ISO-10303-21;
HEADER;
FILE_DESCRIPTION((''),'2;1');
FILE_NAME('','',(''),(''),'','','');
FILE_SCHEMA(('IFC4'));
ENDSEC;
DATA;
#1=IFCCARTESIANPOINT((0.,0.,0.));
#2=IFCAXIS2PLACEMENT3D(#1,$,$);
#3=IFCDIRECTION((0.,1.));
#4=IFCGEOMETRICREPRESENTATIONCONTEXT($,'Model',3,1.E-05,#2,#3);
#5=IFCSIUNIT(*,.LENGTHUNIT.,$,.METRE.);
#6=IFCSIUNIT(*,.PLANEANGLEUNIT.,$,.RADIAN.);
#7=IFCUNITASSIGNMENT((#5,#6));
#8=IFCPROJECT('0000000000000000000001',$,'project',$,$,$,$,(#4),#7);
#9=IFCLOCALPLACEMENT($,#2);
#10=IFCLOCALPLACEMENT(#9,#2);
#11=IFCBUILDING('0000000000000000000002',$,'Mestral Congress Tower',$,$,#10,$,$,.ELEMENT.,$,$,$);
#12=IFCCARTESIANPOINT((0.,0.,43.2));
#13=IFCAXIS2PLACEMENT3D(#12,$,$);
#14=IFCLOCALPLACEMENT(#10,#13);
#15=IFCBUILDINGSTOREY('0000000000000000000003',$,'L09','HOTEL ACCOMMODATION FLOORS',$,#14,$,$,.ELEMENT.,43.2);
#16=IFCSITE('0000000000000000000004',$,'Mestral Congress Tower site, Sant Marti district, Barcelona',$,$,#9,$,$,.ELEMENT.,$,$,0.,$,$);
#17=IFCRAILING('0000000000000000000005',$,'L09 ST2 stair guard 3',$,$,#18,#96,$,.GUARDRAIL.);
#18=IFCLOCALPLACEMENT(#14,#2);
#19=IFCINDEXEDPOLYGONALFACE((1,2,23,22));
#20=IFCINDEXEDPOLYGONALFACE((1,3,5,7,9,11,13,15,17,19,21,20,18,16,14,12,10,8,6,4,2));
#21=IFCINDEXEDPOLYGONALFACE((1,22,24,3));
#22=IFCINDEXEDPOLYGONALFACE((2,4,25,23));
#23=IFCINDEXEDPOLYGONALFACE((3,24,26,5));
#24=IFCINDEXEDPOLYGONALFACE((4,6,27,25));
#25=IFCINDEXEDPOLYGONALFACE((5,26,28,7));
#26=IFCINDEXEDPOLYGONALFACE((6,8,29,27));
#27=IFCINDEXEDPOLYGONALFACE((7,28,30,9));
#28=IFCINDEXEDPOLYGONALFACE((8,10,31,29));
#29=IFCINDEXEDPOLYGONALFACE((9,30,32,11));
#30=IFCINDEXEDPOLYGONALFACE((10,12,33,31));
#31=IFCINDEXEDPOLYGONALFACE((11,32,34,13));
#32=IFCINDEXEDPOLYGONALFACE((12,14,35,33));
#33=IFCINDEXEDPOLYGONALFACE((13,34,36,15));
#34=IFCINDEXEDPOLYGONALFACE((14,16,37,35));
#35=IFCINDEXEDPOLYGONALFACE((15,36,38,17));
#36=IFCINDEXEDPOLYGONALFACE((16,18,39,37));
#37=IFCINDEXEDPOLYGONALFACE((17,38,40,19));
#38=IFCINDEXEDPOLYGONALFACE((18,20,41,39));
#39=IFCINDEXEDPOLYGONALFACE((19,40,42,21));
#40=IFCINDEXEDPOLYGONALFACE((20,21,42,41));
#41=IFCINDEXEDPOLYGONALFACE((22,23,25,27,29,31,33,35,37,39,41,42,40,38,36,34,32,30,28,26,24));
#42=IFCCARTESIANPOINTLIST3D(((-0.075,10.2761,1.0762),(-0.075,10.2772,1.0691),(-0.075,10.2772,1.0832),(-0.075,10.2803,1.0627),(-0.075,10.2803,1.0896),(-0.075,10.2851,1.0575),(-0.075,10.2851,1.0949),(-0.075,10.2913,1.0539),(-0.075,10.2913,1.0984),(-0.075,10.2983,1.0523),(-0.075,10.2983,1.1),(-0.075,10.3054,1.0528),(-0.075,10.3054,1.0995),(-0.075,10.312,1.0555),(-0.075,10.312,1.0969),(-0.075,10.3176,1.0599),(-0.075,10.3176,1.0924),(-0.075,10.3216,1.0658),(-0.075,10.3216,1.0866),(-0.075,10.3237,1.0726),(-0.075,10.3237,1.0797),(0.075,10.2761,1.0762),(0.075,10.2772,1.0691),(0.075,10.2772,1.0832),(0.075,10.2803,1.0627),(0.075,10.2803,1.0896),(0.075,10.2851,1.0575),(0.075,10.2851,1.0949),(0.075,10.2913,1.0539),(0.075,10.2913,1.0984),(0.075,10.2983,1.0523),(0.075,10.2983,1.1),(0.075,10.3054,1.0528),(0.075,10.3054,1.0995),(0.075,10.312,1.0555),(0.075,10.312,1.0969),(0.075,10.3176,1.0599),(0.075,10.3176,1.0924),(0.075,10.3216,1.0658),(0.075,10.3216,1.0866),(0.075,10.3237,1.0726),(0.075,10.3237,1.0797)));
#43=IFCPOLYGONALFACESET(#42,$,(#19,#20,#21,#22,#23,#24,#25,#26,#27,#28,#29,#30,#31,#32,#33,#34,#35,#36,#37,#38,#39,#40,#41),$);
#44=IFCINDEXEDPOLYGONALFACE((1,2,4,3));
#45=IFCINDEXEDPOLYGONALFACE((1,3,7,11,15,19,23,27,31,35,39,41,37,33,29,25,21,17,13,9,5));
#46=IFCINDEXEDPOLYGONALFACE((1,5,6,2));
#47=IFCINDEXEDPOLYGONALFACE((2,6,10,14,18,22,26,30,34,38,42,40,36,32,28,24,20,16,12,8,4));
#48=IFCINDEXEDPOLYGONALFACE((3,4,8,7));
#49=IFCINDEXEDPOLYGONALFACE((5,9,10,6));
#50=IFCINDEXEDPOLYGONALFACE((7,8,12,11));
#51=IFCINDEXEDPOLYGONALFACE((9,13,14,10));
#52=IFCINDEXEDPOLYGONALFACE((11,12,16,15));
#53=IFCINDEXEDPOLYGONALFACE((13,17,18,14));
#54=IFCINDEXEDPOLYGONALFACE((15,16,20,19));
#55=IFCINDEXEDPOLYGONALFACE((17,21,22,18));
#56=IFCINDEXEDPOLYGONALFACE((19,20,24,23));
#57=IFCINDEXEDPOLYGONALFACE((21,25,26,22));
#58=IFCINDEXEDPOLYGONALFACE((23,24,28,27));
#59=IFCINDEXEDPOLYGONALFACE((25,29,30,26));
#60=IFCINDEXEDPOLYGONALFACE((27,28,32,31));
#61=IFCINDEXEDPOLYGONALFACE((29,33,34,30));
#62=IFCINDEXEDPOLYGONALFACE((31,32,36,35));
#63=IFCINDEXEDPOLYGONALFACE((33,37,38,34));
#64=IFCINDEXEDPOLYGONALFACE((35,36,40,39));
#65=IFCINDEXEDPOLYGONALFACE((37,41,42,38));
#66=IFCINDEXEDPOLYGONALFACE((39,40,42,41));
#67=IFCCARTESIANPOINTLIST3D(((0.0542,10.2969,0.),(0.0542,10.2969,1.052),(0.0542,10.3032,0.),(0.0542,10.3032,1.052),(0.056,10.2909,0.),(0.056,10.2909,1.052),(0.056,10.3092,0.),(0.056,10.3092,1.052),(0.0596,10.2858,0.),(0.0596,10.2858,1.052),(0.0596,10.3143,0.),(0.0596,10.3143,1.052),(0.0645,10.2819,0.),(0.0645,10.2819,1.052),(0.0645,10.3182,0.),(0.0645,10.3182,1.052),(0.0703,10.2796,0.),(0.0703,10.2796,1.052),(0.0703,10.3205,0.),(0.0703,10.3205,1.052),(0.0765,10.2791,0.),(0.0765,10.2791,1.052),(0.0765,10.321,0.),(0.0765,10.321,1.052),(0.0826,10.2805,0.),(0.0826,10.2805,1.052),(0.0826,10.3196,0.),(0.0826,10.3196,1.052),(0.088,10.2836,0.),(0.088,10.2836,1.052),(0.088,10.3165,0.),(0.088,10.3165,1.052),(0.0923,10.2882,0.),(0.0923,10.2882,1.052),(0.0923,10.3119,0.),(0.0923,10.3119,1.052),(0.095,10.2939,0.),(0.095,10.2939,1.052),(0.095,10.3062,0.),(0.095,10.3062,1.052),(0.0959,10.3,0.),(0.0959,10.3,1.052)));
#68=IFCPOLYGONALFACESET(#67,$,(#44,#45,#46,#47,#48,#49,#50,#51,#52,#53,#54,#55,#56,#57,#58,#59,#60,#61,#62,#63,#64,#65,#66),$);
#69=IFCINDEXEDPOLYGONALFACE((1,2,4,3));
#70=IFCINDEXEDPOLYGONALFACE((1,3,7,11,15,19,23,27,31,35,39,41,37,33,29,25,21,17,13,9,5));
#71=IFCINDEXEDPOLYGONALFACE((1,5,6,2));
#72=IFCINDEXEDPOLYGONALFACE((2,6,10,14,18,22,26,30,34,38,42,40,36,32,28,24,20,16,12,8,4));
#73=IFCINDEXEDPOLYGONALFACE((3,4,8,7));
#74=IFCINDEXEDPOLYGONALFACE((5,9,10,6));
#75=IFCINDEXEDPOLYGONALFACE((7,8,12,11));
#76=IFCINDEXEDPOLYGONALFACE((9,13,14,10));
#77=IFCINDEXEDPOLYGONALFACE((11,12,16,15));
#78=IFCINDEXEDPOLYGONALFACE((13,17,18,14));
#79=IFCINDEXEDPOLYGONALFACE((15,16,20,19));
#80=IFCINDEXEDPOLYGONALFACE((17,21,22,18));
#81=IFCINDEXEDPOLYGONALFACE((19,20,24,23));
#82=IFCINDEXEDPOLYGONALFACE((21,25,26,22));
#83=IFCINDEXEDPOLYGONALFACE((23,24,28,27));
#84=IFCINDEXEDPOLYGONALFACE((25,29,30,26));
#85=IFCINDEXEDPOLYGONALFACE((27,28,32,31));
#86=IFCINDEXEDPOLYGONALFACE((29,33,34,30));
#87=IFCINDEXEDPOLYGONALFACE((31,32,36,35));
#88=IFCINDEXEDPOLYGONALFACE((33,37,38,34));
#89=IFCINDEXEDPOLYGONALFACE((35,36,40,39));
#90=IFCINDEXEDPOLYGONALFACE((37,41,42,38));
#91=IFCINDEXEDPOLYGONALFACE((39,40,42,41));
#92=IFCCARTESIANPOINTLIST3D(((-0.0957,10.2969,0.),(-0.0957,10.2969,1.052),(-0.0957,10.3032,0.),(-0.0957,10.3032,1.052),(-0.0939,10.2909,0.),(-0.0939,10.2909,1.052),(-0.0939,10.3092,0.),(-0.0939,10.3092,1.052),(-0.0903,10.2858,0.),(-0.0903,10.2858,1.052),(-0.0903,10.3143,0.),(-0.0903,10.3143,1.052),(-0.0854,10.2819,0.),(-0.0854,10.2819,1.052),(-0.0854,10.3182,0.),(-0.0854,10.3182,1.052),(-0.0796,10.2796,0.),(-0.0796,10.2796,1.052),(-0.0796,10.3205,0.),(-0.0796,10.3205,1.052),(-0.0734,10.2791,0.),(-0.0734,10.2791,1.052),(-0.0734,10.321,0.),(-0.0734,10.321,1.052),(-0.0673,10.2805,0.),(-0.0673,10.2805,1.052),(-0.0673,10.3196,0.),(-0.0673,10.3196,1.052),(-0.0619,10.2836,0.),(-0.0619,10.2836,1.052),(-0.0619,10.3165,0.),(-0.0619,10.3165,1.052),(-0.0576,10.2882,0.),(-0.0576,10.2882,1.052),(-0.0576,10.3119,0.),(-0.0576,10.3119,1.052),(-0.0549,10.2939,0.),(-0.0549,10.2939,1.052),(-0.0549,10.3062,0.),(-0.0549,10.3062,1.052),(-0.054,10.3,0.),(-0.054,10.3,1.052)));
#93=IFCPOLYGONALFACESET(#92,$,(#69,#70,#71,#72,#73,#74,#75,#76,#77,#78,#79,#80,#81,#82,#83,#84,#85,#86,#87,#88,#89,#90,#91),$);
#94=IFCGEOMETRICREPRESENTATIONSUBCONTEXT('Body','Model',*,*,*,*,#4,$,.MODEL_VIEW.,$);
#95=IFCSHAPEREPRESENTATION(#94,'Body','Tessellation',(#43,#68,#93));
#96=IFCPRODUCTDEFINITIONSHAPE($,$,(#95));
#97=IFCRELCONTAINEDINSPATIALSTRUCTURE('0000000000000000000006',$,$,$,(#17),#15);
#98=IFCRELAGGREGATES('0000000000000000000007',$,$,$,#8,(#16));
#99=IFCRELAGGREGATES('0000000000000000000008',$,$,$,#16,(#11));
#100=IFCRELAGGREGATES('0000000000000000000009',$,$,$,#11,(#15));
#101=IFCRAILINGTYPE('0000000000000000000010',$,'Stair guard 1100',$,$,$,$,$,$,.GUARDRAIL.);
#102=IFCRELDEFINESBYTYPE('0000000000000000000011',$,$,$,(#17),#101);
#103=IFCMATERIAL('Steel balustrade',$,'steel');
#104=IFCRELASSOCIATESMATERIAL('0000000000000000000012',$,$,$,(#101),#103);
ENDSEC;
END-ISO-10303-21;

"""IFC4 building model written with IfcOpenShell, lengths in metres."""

from ifc_helpers import new_model, si_unit, direction, frame, origin, origin_2d, place, context, subcontext, project, spatial, circle, extrude, material, type_object, element, save


model = new_model("IFC4")

# Units and contexts
model_context = context("Model", 3, precision=1e-05, world=origin(), true_north=direction((0.0, 1.0)))
body_context = subcontext(model_context, "Body", "Model", "MODEL_VIEW")
ifc_project = project(units=[si_unit("LENGTHUNIT", "METRE"), si_unit("PLANEANGLEUNIT", "RADIAN")], contexts=[model_context])

# Site, building, storey
site_placement = place(None, origin())
site = spatial("IfcSite", under=ifc_project, at=site_placement, Name="Mestral Congress Tower site, Sant Marti district, Barcelona", CompositionType="ELEMENT", RefElevation=0.0)
building_placement = place(site_placement, origin())
building = spatial("IfcBuilding", under=site, at=building_placement, Name="Mestral Congress Tower", CompositionType="ELEMENT")
storey_placement = place(building_placement, frame((0.0, 0.0, 43.2)))
storey = spatial("IfcBuildingStorey", under=building, at=storey_placement, Name="L09", Description="HOTEL ACCOMMODATION FLOORS", CompositionType="ELEMENT", Elevation=43.2)

# Railing
ifc_material_1 = material(Name="Steel balustrade", Category="steel")
railing_type = type_object("IfcRailingType", Name="Stair guard 1100", PredefinedType="GUARDRAIL", material=ifc_material_1)
railing_placement = place(storey_placement, frame((0.075, 10.3, 0.0)))
element("IfcRailing", 1, at=railing_placement, inside=storey, type_object=railing_type, Name="L09 ST2 stair guard 3", PredefinedType="GUARDRAIL", context=body_context, shape_type="SweptSolid", body=[
    extrude(circle(Radius=0.0239, at=origin_2d()), frame((0.0, 0.0, 1.0762), z_axis=(-1.0, 0.0, 0.0), x_axis=(0.0, -1.0, 0.0)), (0.0, 0.0, 1.0), 0.1499),
    extrude(circle(Radius=0.021, at=origin_2d()), origin(), (0.0, 0.0, 1.0), 1.052),
    extrude(circle(Radius=0.021, at=origin_2d()), frame((-0.1499, 0.0, 0.0)), (0.0, 0.0, 1.0), 1.052),
])

save(model, "model.ifc")
